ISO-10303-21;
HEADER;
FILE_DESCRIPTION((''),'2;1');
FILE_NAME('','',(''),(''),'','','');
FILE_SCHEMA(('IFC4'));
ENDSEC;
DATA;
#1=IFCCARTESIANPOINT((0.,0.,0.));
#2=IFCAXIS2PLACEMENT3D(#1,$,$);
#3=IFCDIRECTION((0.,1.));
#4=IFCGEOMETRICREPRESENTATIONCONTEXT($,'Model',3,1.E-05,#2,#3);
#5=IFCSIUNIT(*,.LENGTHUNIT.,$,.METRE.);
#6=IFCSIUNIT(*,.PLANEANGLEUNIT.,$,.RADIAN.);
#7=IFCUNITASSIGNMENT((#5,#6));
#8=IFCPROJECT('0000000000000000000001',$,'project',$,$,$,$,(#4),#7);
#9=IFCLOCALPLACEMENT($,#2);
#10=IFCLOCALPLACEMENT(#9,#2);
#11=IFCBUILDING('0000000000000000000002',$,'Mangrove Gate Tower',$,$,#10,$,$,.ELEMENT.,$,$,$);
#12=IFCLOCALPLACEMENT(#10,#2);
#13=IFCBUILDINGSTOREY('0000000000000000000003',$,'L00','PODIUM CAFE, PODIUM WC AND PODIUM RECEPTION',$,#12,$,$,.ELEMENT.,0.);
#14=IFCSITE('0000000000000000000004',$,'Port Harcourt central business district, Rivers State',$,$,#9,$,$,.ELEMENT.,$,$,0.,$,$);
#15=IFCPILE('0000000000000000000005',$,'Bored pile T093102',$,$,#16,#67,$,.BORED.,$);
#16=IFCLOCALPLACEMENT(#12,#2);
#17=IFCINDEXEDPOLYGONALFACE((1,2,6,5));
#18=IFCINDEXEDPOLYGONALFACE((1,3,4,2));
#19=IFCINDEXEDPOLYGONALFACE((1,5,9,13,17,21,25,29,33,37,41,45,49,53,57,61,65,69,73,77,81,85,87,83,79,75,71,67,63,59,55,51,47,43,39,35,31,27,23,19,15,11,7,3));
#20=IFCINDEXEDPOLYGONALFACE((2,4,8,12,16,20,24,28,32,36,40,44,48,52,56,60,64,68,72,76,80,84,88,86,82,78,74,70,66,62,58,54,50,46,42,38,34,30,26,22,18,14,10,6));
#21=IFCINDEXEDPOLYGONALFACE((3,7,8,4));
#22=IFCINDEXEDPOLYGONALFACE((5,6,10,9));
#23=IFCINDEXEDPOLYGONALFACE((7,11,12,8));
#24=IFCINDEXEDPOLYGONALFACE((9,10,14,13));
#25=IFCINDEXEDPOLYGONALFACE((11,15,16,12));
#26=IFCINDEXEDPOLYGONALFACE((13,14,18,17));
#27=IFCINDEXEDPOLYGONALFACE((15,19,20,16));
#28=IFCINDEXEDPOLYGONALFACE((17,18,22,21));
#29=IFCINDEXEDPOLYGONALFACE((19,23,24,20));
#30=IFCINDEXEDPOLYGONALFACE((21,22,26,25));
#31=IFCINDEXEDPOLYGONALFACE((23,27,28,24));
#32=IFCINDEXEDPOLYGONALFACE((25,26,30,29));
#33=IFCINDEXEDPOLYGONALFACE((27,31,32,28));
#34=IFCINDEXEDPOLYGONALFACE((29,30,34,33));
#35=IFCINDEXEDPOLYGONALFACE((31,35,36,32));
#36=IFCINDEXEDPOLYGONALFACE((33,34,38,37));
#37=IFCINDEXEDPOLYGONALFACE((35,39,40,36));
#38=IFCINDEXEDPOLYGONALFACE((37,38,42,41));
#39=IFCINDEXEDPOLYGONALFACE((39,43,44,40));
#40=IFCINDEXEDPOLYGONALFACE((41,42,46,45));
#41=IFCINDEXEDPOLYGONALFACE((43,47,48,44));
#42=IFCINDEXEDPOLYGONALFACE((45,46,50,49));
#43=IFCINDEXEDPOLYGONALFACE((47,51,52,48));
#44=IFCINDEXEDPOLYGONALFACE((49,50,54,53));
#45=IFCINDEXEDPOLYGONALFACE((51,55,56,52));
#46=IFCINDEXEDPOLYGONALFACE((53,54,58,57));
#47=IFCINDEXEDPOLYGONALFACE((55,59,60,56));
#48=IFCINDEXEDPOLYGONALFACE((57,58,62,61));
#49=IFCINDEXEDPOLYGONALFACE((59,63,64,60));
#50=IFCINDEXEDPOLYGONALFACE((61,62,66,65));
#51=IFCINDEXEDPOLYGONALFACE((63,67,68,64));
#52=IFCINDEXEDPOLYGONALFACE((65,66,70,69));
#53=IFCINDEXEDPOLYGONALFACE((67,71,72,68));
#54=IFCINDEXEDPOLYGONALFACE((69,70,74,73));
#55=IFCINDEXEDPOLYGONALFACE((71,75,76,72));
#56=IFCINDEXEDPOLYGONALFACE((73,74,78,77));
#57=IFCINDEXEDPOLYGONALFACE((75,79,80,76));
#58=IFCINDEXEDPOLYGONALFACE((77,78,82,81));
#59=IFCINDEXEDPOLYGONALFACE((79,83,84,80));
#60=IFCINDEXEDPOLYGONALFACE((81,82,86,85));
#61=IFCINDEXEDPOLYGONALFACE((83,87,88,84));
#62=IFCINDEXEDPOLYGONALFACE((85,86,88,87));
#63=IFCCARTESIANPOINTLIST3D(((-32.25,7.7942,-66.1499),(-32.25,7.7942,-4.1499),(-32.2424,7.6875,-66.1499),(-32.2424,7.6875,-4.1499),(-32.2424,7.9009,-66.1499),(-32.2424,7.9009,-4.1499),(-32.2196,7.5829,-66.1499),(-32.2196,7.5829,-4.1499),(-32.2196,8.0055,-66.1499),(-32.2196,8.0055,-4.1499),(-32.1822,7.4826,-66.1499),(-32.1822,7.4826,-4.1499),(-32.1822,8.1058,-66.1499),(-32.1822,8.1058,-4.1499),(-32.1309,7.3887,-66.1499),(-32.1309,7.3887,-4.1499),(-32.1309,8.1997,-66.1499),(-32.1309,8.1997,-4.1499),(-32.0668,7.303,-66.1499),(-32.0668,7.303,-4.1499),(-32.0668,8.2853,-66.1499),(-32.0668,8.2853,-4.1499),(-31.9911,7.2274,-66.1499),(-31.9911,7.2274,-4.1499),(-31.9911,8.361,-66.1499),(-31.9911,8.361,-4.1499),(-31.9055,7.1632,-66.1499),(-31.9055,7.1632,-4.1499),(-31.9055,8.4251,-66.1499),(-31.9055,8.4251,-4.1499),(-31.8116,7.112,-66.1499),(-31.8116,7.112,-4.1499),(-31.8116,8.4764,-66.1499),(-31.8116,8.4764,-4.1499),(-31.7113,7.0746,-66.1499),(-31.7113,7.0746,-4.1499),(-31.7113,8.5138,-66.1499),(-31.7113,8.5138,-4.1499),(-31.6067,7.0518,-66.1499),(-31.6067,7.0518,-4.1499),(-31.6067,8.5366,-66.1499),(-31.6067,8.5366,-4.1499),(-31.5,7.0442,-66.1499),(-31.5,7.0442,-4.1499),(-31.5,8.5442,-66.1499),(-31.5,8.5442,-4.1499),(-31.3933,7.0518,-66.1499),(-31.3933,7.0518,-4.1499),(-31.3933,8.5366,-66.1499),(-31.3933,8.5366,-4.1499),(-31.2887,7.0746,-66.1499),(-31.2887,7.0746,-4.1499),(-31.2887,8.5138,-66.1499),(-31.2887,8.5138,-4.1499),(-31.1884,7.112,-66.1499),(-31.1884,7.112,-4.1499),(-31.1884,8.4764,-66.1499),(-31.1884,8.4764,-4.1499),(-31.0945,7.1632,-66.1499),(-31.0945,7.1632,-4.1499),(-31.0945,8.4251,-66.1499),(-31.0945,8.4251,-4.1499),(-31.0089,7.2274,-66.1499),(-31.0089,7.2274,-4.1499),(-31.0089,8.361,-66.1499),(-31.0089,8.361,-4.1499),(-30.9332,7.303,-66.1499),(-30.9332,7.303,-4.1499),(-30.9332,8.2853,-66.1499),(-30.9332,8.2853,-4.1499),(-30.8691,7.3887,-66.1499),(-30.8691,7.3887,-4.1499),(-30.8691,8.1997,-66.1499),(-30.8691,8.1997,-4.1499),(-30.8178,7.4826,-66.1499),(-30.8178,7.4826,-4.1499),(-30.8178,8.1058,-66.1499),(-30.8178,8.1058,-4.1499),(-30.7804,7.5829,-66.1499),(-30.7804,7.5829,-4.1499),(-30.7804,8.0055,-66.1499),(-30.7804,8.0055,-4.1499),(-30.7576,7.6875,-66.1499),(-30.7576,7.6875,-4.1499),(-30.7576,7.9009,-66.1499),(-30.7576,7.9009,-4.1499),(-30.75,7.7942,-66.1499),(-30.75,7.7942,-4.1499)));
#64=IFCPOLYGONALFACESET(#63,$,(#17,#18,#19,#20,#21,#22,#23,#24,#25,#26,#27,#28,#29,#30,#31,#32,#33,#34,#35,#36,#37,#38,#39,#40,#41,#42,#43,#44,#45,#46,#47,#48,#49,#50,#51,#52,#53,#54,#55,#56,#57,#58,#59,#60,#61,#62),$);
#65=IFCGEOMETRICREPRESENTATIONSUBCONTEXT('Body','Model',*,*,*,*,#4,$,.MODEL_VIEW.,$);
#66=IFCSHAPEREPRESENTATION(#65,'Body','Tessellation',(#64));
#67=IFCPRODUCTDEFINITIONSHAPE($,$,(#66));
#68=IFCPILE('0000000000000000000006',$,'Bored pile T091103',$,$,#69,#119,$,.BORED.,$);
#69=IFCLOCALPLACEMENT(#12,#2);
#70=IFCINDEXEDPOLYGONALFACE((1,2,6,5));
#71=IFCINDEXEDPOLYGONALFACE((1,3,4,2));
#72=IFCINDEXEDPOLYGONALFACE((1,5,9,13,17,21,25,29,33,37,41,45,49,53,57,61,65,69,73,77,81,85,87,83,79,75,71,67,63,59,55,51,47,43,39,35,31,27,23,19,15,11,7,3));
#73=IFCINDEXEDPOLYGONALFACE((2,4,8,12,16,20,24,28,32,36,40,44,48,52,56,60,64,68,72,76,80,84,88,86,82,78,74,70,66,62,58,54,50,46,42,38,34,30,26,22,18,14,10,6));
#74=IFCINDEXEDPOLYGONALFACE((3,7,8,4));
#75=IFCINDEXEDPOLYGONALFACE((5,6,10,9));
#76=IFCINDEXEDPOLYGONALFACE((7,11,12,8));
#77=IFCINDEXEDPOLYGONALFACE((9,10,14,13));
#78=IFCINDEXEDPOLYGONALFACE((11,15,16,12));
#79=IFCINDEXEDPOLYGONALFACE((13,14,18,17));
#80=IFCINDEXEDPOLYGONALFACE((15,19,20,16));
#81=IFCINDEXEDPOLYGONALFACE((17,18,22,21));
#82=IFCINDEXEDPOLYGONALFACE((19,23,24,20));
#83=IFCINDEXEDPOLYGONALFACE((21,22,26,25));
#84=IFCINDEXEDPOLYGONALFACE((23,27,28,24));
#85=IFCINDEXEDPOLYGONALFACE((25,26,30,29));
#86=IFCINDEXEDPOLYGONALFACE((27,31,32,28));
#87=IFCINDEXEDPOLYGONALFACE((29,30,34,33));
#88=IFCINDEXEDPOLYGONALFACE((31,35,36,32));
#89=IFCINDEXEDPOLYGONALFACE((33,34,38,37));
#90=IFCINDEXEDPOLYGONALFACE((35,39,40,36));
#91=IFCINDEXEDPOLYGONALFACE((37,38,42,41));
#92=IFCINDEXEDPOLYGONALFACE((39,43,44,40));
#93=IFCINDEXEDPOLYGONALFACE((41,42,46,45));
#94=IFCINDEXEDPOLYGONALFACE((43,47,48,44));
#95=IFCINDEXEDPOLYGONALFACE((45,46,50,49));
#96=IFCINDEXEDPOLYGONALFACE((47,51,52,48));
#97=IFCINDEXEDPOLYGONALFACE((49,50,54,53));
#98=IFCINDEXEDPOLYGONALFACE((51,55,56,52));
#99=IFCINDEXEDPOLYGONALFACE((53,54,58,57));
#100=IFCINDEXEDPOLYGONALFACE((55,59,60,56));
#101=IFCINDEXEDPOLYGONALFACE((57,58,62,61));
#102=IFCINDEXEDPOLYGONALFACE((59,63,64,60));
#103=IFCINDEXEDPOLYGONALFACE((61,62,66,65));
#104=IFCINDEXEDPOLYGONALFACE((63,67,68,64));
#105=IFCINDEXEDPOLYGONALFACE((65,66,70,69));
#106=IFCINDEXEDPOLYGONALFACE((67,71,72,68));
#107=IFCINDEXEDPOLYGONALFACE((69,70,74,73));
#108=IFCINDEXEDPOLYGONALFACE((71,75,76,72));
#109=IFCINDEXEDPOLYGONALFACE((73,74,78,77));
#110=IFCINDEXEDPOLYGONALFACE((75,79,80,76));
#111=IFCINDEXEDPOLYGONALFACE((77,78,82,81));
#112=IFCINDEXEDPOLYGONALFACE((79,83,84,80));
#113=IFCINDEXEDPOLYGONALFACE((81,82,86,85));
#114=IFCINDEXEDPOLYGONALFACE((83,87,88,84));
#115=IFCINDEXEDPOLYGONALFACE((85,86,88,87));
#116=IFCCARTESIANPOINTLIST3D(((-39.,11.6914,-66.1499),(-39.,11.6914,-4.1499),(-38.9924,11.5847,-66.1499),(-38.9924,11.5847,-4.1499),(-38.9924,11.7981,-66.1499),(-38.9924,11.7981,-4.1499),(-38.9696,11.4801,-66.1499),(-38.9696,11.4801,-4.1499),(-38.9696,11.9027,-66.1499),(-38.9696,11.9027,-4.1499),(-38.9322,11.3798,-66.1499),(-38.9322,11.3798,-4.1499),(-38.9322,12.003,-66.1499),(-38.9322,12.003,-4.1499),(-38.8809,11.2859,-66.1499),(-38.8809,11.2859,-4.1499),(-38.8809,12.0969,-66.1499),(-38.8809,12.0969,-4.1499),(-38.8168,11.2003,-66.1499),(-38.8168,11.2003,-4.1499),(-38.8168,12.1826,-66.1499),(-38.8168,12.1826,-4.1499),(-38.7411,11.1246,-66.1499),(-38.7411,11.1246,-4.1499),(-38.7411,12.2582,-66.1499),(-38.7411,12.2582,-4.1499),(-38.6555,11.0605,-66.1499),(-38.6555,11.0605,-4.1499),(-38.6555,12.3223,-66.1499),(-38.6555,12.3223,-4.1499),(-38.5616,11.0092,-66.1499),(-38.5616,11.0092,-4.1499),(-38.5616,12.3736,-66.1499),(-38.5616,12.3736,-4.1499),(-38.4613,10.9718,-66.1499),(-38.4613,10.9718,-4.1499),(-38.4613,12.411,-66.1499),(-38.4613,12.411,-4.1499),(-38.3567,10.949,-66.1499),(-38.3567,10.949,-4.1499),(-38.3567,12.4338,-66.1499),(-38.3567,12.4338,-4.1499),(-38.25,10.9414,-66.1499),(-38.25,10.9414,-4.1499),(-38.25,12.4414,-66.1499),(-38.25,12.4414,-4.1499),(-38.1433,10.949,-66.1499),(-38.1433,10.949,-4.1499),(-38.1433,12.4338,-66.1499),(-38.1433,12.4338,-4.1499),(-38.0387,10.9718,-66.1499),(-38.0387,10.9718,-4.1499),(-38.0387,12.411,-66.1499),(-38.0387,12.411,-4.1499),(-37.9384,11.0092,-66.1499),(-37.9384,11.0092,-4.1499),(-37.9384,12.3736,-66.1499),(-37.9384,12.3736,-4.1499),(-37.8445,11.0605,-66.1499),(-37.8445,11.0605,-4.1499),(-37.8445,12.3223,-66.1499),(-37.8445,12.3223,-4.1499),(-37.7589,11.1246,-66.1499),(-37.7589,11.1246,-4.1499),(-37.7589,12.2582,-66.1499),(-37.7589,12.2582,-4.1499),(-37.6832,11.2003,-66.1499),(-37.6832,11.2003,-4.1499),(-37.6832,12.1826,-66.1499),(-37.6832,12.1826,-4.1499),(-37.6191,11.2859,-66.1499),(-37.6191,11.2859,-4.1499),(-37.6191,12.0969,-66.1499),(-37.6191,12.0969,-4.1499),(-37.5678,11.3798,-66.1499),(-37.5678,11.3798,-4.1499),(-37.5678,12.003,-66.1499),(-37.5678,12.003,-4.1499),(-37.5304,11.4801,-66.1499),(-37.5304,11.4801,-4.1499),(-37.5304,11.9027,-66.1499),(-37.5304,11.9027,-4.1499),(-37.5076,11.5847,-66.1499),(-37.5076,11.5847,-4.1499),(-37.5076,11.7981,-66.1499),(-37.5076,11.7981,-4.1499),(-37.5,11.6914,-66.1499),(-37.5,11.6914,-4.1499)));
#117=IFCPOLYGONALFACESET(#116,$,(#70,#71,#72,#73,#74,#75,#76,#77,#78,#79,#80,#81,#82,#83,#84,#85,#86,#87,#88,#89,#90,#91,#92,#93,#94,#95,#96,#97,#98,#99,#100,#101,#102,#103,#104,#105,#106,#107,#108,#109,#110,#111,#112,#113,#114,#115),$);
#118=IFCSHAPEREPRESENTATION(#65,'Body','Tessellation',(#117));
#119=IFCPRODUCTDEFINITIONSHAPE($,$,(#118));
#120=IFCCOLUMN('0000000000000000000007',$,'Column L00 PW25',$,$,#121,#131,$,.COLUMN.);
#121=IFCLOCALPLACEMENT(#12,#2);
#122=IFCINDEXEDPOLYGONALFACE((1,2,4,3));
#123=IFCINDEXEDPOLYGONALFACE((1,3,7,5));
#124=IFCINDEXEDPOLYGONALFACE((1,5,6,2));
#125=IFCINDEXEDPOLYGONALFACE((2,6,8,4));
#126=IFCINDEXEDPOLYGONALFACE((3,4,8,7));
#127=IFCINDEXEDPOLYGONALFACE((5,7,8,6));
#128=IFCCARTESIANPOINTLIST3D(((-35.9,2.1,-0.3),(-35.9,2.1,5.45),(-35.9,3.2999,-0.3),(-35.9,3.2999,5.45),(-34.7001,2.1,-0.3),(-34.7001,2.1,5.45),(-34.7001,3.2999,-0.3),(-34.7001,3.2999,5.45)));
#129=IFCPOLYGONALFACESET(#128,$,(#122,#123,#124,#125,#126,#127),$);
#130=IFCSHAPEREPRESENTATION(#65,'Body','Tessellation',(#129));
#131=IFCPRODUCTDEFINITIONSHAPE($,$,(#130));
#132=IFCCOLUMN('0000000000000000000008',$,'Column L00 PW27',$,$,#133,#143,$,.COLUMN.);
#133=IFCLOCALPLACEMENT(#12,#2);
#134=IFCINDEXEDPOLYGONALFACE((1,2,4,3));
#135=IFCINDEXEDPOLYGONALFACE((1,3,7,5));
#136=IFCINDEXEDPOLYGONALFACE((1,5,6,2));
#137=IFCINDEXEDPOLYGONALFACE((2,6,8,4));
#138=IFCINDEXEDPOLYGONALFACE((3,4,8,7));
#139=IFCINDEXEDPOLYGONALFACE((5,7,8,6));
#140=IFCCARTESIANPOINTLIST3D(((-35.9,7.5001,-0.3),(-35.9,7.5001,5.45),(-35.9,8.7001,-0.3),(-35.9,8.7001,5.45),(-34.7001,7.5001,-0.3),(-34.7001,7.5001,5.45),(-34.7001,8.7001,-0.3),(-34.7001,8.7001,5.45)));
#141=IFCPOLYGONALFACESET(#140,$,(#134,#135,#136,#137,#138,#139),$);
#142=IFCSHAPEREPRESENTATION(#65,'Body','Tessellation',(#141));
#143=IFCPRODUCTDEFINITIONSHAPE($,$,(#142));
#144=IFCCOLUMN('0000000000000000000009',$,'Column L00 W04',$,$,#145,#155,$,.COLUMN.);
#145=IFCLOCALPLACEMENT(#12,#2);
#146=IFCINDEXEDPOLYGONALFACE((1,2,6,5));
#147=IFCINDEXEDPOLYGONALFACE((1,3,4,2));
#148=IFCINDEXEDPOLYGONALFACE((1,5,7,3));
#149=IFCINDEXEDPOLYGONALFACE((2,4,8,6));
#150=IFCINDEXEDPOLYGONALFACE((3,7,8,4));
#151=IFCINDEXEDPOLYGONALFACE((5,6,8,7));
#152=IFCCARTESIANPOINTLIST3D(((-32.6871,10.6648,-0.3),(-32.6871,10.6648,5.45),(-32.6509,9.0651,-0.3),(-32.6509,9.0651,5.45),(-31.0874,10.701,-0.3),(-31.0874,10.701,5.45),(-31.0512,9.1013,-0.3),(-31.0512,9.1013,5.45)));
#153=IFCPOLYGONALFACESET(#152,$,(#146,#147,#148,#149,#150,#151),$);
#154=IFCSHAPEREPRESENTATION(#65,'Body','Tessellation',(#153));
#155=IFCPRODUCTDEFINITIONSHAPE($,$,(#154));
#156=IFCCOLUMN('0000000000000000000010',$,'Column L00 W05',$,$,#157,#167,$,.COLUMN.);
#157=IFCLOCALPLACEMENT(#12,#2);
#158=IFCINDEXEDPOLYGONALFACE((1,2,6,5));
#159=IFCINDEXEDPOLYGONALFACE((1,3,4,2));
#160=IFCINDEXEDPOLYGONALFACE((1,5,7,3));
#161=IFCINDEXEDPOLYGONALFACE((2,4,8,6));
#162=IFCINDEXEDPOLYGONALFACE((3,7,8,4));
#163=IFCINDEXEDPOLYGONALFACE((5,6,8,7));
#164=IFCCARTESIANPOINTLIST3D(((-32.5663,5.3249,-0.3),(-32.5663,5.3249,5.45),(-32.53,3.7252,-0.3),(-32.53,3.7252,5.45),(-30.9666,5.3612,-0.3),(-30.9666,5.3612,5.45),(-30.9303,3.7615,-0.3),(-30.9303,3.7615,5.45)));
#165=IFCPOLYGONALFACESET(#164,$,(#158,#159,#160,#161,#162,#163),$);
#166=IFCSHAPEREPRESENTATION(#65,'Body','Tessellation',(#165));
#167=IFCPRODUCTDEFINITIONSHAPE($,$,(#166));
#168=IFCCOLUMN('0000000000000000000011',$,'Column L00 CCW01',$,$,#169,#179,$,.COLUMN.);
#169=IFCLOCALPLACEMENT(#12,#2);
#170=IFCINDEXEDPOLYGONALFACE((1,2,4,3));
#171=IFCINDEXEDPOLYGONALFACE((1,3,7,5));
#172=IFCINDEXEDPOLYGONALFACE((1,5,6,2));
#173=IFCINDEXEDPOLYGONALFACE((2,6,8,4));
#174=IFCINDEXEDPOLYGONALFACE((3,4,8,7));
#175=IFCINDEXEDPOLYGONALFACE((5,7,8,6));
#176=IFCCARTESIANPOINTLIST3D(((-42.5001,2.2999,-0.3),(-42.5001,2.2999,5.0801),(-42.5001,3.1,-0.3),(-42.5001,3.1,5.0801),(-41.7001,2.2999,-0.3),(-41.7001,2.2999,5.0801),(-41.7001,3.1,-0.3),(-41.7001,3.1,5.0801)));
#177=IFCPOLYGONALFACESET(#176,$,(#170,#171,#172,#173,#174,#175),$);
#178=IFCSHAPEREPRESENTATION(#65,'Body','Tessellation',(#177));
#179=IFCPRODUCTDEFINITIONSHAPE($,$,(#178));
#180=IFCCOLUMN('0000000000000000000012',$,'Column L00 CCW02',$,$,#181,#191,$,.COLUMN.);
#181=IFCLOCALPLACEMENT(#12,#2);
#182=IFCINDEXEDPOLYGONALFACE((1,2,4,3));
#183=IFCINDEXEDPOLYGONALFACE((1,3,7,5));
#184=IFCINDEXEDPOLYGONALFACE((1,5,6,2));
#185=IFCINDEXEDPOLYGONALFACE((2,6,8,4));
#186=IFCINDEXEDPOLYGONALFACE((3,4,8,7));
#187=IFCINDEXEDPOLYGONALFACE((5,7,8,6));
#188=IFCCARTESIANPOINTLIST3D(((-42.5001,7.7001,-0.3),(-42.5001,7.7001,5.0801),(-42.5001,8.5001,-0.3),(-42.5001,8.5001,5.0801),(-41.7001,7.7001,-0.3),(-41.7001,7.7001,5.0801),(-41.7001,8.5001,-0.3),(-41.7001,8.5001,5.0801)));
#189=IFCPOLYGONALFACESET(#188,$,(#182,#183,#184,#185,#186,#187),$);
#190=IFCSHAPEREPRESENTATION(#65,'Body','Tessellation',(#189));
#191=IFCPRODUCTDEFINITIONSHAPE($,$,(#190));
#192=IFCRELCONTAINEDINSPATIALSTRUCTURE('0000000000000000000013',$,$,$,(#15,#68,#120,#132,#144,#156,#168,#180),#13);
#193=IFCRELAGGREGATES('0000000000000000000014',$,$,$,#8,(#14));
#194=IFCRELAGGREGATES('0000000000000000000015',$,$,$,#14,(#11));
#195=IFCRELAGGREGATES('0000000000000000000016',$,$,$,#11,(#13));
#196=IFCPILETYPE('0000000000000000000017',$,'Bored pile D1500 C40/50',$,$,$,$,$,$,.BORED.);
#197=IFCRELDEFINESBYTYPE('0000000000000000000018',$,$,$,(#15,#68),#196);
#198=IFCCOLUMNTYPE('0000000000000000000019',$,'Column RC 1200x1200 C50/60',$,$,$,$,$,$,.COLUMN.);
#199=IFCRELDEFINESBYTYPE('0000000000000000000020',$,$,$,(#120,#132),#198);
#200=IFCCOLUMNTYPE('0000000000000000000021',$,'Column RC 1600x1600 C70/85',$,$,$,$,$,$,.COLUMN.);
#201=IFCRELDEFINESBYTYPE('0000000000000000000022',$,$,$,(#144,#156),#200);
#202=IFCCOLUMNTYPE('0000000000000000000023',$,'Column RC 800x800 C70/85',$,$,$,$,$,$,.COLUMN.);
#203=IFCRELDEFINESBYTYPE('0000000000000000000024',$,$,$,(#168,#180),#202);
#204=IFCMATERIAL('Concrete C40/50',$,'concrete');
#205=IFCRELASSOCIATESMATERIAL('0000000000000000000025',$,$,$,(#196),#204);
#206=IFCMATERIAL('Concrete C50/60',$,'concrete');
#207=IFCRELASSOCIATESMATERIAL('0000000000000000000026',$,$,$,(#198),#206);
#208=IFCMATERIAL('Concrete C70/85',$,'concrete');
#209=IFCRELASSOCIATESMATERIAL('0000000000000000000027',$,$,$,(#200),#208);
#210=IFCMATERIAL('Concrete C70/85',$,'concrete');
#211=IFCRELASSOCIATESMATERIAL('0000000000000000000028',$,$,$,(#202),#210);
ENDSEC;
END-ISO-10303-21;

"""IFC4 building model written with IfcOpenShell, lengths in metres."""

from ifc_helpers import new_model, si_unit, direction, frame, origin, origin_2d, place, context, subcontext, project, spatial, rectangle, circle, extrude, material, material_profile, profile_set, type_object, element, save


model = new_model("IFC4")

# Units and contexts
model_context = context("Model", 3, precision=1e-05, world=origin(), true_north=direction((0.0, 1.0)))
body_context = subcontext(model_context, "Body", "Model", "MODEL_VIEW")
ifc_project = project(units=[si_unit("LENGTHUNIT", "METRE"), si_unit("PLANEANGLEUNIT", "RADIAN")], contexts=[model_context])

# Site, building, storey
site_placement = place(None, origin())
site = spatial("IfcSite", under=ifc_project, at=site_placement, Name="Port Harcourt central business district, Rivers State", CompositionType="ELEMENT", RefElevation=0.0)
building_placement = place(site_placement, origin())
building = spatial("IfcBuilding", under=site, at=building_placement, Name="Mangrove Gate Tower", CompositionType="ELEMENT")
storey_placement = place(building_placement, origin())
storey = spatial("IfcBuildingStorey", under=building, at=storey_placement, Name="L00", Description="PODIUM CAFE, PODIUM WC AND PODIUM RECEPTION", CompositionType="ELEMENT", Elevation=0.0)

# Piles
ifc_material_1 = material(Name="Concrete C40/50", Category="concrete")
ifc_material_profile_1 = material_profile(ifc_material_1, circle(Radius=0.75, at=origin_2d()))
ifc_profile_set_1 = profile_set([ifc_material_profile_1], Name="Concrete C40/50")
pile_type = type_object("IfcPileType", Name="Bored pile D1500 C40/50", PredefinedType="BORED", material=ifc_profile_set_1)
for number, where, z_axis, x_axis, name in (
    (1, (-31.5, 7.7942, -4.1499), (0.0, 0.0, -1.0), (1.0, 0.0, 0.0), "Bored pile T093102"),
    (2, (-38.25, 11.6914, -4.1499), (0.0, 0.0, -1.0), (1.0, 0.0, 0.0), "Bored pile T091103"),
):
    element("IfcPile", number, at=place(storey_placement, frame(where, z_axis=z_axis, x_axis=x_axis)), inside=storey, type_object=pile_type, Name=name, PredefinedType="BORED", context=body_context, shape_type="SweptSolid", body=[
        extrude(circle(Radius=0.75, at=origin_2d()), origin(), (0.0, 0.0, 1.0), 62.0),
    ])

# Columns
ifc_material_2 = material(Name="Concrete C50/60", Category="concrete")
ifc_material_profile_2 = material_profile(ifc_material_2, rectangle(XDim=1.2, YDim=1.2, at=origin_2d()))
ifc_profile_set_2 = profile_set([ifc_material_profile_2], Name="Concrete C50/60")
column_type_1 = type_object("IfcColumnType", Name="Column RC 1200x1200 C50/60", PredefinedType="COLUMN", material=ifc_profile_set_2)
for number, where, z_axis, x_axis, name in (
    (3, (-35.3, 2.7, -0.3), (0.0, 0.0, 1.0), (1.0, 0.0, 0.0), "Column L00 PW25"),
    (4, (-35.3, 8.1001, -0.3), (0.0, 0.0, 1.0), (1.0, 0.0, 0.0), "Column L00 PW27"),
):
    element("IfcColumn", number, at=place(storey_placement, frame(where, z_axis=z_axis, x_axis=x_axis)), inside=storey, type_object=column_type_1, Name=name, PredefinedType="COLUMN", context=body_context, shape_type="SweptSolid", body=[
        extrude(rectangle(XDim=1.2, YDim=1.2, at=origin_2d()), origin(), (0.0, 0.0, 1.0), 5.75),
    ])
ifc_material_3 = material(Name="Concrete C70/85", Category="concrete")
ifc_material_profile_3 = material_profile(ifc_material_3, rectangle(XDim=1.6001, YDim=1.6001, at=origin_2d()))
ifc_profile_set_3 = profile_set([ifc_material_profile_3], Name="Concrete C70/85")
column_type_2 = type_object("IfcColumnType", Name="Column RC 1600x1600 C70/85", PredefinedType="COLUMN", material=ifc_profile_set_3)
for number, where, z_axis, x_axis, name in (
    (5, (-31.8691, 9.8831, -0.3), (0.0, 0.0, 1.0), (0.022653, -0.999743, 0.0), "Column L00 W04"),
    (6, (-31.7483, 4.5432, -0.3), (0.0, 0.0, 1.0), (0.02268, -0.999743, 0.0), "Column L00 W05"),
):
    element("IfcColumn", number, at=place(storey_placement, frame(where, z_axis=z_axis, x_axis=x_axis)), inside=storey, type_object=column_type_2, Name=name, PredefinedType="COLUMN", context=body_context, shape_type="SweptSolid", body=[
        extrude(rectangle(XDim=1.6001, YDim=1.6001, at=origin_2d()), origin(), (0.0, 0.0, 1.0), 5.75),
    ])
ifc_material_4 = material(Name="Concrete C70/85", Category="concrete")
ifc_material_profile_4 = material_profile(ifc_material_4, rectangle(XDim=0.8, YDim=0.8, at=origin_2d()))
ifc_profile_set_4 = profile_set([ifc_material_profile_4], Name="Concrete C70/85")
column_type_3 = type_object("IfcColumnType", Name="Column RC 800x800 C70/85", PredefinedType="COLUMN", material=ifc_profile_set_4)
for number, where, z_axis, x_axis, name in (
    (7, (-42.1001, 2.7, -0.3), (0.0, 0.0, 1.0), (1.0, 0.0, 0.0), "Column L00 CCW01"),
    (8, (-42.1001, 8.1001, -0.3), (0.0, 0.0, 1.0), (1.0, 0.0, 0.0), "Column L00 CCW02"),
):
    element("IfcColumn", number, at=place(storey_placement, frame(where, z_axis=z_axis, x_axis=x_axis)), inside=storey, type_object=column_type_3, Name=name, PredefinedType="COLUMN", context=body_context, shape_type="SweptSolid", body=[
        extrude(rectangle(XDim=0.8, YDim=0.8, at=origin_2d()), origin(), (0.0, 0.0, 1.0), 5.3801),
    ])

save(model, "model.ifc")
